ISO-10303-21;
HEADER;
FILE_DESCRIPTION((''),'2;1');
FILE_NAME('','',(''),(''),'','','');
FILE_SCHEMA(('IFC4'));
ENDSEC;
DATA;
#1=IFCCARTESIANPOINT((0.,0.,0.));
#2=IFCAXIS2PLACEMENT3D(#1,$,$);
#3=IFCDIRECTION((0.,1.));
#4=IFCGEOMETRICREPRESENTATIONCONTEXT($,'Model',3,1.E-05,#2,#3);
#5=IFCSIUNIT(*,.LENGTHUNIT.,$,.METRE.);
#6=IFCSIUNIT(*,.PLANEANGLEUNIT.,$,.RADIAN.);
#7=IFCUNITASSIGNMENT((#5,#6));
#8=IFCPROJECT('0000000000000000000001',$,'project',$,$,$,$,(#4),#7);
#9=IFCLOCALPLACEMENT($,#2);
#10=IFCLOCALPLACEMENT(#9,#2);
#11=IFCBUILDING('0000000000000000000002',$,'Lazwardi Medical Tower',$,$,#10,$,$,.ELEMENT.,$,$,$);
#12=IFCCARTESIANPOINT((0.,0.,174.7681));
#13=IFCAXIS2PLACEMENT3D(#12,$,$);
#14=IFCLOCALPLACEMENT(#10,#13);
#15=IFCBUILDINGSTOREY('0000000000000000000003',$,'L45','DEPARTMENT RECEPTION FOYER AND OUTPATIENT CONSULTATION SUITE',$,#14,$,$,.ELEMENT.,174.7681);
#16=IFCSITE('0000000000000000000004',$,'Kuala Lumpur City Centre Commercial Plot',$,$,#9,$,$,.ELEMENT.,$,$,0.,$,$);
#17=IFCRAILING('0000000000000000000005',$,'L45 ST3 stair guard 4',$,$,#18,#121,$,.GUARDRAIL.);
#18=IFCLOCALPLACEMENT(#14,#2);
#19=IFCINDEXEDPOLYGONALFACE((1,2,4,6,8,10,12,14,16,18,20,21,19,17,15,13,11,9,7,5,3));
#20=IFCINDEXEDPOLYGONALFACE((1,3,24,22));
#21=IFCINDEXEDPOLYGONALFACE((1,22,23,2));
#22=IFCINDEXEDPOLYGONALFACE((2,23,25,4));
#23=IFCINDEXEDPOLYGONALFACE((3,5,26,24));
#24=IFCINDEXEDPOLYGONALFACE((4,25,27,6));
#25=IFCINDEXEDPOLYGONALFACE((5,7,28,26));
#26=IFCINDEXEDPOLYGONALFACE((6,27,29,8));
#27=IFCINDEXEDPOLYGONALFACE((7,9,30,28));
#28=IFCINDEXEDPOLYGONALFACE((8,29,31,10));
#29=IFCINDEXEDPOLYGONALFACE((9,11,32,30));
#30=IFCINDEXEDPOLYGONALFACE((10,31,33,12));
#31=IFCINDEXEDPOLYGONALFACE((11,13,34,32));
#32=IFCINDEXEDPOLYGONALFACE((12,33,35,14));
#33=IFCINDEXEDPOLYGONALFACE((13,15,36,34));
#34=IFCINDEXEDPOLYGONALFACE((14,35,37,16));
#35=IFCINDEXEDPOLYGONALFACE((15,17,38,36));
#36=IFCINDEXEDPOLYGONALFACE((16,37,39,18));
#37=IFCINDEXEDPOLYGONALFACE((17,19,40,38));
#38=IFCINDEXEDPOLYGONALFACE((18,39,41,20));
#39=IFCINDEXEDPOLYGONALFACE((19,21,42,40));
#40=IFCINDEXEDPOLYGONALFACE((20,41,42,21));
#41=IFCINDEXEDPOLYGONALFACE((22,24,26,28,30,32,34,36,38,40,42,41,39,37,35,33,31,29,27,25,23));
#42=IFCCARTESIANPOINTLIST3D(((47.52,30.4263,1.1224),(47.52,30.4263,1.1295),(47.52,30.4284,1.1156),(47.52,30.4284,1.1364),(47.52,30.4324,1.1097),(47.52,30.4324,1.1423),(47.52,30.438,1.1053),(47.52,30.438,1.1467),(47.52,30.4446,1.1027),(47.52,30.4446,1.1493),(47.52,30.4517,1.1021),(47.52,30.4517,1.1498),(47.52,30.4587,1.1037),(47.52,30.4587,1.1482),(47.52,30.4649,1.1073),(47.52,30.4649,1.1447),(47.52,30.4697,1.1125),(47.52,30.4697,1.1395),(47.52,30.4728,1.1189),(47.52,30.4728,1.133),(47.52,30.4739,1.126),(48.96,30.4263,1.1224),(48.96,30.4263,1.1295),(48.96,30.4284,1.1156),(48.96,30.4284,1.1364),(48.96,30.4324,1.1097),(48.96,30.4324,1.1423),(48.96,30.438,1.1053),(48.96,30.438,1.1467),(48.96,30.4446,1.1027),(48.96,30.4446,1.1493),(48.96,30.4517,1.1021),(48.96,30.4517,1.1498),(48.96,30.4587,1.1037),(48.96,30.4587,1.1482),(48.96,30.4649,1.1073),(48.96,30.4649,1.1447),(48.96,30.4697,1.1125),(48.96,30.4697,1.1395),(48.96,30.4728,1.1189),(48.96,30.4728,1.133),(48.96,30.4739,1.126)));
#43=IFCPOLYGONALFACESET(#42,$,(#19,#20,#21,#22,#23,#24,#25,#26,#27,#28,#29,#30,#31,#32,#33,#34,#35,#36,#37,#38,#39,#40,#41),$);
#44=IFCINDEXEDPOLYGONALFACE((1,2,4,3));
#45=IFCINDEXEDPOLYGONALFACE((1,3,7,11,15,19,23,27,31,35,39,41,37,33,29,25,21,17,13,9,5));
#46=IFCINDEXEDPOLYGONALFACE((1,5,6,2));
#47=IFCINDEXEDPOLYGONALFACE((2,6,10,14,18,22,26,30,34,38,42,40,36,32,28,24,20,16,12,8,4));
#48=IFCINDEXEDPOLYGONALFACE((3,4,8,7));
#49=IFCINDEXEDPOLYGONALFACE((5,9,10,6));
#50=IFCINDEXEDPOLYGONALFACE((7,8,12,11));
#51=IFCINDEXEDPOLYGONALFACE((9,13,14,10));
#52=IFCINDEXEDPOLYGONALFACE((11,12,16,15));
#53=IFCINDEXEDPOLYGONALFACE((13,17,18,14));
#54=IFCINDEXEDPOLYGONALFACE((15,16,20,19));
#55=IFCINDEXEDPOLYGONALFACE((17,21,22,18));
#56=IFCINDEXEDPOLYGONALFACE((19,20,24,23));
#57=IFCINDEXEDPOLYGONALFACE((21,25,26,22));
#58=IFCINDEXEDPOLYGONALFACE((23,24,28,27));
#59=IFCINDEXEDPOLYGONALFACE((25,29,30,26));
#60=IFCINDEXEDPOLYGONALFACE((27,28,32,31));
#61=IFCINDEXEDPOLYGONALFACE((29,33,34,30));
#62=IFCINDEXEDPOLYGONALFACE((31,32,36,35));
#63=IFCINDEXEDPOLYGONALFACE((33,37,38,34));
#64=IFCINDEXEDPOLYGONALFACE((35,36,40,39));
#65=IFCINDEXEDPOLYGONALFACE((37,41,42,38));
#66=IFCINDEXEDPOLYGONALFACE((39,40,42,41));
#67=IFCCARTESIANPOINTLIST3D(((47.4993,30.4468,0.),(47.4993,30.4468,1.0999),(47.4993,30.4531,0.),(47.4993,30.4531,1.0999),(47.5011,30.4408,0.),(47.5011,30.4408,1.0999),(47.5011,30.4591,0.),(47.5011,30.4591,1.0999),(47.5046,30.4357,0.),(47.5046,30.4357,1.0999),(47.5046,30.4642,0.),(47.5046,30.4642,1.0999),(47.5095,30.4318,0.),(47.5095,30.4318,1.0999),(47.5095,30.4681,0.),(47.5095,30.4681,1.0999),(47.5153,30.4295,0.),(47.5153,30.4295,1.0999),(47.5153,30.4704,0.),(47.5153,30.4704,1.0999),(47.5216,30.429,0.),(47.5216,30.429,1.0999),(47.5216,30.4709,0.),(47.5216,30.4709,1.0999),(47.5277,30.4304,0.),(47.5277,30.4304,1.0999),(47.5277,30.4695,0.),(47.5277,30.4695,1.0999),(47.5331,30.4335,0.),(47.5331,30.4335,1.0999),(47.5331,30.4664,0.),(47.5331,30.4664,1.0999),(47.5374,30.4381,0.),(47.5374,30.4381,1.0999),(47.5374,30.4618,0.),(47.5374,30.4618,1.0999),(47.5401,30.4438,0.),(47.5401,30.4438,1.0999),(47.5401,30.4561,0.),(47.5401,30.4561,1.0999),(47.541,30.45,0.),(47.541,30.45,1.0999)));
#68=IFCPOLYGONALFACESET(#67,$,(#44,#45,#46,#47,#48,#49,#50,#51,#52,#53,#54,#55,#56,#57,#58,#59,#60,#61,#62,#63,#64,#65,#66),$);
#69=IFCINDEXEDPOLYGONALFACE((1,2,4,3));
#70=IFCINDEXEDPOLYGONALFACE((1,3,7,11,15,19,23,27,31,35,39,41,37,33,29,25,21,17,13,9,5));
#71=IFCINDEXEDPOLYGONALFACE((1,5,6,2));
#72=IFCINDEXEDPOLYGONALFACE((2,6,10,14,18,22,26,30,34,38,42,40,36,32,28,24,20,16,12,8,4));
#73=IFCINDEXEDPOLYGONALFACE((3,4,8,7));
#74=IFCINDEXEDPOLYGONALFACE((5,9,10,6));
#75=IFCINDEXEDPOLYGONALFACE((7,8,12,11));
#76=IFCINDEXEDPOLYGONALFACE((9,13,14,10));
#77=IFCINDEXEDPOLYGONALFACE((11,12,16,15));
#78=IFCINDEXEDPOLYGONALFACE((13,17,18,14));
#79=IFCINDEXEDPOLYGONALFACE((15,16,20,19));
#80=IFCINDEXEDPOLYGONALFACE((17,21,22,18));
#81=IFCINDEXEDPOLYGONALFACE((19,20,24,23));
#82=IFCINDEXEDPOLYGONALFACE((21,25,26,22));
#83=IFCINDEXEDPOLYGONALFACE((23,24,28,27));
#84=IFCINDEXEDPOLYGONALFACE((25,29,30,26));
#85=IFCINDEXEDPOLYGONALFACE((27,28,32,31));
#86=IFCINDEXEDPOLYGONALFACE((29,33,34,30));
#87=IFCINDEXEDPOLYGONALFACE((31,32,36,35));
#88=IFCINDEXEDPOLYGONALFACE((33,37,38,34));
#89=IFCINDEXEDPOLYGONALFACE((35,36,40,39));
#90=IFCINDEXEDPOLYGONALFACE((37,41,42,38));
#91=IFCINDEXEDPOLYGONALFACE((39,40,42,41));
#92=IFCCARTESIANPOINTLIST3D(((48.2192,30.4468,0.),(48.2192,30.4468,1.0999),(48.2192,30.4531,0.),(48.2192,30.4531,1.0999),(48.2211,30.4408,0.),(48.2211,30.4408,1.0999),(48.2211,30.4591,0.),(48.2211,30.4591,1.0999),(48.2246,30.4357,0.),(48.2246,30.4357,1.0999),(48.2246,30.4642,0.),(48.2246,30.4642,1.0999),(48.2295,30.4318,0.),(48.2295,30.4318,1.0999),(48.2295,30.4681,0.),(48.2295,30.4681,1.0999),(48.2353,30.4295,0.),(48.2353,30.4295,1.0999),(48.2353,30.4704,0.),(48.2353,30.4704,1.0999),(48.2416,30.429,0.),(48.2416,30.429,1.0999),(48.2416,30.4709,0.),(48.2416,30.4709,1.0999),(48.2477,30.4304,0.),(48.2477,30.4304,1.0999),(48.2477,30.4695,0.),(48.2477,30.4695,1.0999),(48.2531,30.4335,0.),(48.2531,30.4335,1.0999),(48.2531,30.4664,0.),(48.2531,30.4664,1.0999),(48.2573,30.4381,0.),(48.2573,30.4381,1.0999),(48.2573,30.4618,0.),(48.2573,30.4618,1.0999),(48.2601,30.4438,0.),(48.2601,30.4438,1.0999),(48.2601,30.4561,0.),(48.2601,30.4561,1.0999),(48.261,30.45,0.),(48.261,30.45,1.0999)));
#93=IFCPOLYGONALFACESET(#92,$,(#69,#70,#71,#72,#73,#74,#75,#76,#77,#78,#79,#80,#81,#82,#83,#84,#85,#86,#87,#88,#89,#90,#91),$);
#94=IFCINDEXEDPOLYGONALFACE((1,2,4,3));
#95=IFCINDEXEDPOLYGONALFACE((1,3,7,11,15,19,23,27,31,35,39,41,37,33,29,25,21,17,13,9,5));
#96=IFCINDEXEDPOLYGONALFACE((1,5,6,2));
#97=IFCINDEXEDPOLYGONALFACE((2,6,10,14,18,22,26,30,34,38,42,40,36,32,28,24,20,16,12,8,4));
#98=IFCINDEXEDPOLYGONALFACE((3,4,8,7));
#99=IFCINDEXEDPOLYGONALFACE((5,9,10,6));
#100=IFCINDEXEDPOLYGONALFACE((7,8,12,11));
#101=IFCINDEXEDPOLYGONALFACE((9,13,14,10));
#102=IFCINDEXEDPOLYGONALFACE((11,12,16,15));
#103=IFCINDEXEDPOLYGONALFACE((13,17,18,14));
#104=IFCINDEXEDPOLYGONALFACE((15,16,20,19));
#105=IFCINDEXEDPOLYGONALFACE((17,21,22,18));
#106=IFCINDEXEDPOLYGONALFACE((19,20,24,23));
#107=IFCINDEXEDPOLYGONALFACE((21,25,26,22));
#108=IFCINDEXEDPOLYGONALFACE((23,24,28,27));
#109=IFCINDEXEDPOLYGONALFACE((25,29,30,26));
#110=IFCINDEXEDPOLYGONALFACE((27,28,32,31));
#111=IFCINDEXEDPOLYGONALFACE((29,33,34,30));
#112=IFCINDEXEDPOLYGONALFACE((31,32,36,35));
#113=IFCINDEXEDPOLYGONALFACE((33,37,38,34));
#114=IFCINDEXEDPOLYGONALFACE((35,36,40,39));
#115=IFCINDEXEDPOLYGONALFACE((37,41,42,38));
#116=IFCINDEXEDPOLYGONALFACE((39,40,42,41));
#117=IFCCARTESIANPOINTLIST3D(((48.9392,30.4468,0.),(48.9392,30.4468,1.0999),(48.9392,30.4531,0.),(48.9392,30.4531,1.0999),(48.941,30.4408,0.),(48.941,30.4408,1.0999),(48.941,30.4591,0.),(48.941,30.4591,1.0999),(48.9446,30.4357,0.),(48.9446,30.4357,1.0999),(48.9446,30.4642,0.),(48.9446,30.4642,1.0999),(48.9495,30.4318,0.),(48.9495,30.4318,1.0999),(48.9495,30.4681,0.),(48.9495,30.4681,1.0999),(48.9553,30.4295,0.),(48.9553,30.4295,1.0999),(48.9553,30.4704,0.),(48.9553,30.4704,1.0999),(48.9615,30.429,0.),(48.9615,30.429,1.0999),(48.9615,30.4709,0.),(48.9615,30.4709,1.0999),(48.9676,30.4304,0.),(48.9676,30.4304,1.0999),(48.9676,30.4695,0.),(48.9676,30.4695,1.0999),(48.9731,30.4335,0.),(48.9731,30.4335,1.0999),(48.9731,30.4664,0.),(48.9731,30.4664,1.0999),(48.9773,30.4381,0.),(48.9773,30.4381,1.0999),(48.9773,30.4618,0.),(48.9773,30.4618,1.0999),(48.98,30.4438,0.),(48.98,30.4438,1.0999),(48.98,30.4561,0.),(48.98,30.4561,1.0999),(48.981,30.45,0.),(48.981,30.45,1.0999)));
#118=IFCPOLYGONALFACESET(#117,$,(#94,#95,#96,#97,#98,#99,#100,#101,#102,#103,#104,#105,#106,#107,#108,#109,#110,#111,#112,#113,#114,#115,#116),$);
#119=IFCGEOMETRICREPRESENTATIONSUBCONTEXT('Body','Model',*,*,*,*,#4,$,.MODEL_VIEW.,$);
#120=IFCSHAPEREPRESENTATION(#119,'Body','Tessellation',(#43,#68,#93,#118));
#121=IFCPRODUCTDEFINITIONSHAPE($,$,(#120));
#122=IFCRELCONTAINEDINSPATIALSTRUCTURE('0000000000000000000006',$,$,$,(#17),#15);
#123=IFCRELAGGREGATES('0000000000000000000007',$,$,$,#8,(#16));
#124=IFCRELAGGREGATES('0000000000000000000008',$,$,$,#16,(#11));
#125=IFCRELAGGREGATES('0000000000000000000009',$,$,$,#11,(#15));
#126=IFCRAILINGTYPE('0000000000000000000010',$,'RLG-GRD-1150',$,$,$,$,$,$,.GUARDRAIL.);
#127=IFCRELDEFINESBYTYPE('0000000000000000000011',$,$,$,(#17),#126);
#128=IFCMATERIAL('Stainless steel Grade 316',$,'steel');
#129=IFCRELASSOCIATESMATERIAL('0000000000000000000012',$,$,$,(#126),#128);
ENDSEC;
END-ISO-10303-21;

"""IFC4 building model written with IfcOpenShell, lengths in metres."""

from ifc_helpers import new_model, si_unit, direction, frame, origin, origin_2d, place, context, subcontext, project, spatial, circle, extrude, material, type_object, element, save


model = new_model("IFC4")

# Units and contexts
model_context = context("Model", 3, precision=1e-05, world=origin(), true_north=direction((0.0, 1.0)))
body_context = subcontext(model_context, "Body", "Model", "MODEL_VIEW")
ifc_project = project(units=[si_unit("LENGTHUNIT", "METRE"), si_unit("PLANEANGLEUNIT", "RADIAN")], contexts=[model_context])

# Site, building, storey
site_placement = place(None, origin())
site = spatial("IfcSite", under=ifc_project, at=site_placement, Name="Kuala Lumpur City Centre Commercial Plot", CompositionType="ELEMENT", RefElevation=0.0)
building_placement = place(site_placement, origin())
building = spatial("IfcBuilding", under=site, at=building_placement, Name="Lazwardi Medical Tower", CompositionType="ELEMENT")
storey_placement = place(building_placement, frame((0.0, 0.0, 174.7681)))
storey = spatial("IfcBuildingStorey", under=building, at=storey_placement, Name="L45", Description="DEPARTMENT RECEPTION FOYER AND OUTPATIENT CONSULTATION SUITE", CompositionType="ELEMENT", Elevation=174.7681)

# Railing
ifc_material_1 = material(Name="Stainless steel Grade 316", Category="steel")
railing_type = type_object("IfcRailingType", Name="RLG-GRD-1150", PredefinedType="GUARDRAIL", material=ifc_material_1)
railing_1_placement = place(storey_placement, frame((47.52, 30.45, 0.0)))
element("IfcRailing", 1, at=railing_1_placement, inside=storey, type_object=railing_type, Name="L45 ST3 stair guard 4", PredefinedType="GUARDRAIL", context=body_context, shape_type="SweptSolid", body=[
    extrude(circle(Radius=0.0239, at=origin_2d()), frame((0.0, 0.0, 1.126), z_axis=(1.0, 0.0, 0.0), x_axis=(0.0, 1.0, 0.0)), (0.0, 0.0, 1.0), 1.4399),
    extrude(circle(Radius=0.021, at=origin_2d()), origin(), (0.0, 0.0, 1.0), 1.0999),
    extrude(circle(Radius=0.021, at=origin_2d()), frame((0.72, 0.0, 0.0)), (0.0, 0.0, 1.0), 1.0999),
    extrude(circle(Radius=0.021, at=origin_2d()), frame((1.4399, 0.0, 0.0)), (0.0, 0.0, 1.0), 1.0999),
])

save(model, "model.ifc")
